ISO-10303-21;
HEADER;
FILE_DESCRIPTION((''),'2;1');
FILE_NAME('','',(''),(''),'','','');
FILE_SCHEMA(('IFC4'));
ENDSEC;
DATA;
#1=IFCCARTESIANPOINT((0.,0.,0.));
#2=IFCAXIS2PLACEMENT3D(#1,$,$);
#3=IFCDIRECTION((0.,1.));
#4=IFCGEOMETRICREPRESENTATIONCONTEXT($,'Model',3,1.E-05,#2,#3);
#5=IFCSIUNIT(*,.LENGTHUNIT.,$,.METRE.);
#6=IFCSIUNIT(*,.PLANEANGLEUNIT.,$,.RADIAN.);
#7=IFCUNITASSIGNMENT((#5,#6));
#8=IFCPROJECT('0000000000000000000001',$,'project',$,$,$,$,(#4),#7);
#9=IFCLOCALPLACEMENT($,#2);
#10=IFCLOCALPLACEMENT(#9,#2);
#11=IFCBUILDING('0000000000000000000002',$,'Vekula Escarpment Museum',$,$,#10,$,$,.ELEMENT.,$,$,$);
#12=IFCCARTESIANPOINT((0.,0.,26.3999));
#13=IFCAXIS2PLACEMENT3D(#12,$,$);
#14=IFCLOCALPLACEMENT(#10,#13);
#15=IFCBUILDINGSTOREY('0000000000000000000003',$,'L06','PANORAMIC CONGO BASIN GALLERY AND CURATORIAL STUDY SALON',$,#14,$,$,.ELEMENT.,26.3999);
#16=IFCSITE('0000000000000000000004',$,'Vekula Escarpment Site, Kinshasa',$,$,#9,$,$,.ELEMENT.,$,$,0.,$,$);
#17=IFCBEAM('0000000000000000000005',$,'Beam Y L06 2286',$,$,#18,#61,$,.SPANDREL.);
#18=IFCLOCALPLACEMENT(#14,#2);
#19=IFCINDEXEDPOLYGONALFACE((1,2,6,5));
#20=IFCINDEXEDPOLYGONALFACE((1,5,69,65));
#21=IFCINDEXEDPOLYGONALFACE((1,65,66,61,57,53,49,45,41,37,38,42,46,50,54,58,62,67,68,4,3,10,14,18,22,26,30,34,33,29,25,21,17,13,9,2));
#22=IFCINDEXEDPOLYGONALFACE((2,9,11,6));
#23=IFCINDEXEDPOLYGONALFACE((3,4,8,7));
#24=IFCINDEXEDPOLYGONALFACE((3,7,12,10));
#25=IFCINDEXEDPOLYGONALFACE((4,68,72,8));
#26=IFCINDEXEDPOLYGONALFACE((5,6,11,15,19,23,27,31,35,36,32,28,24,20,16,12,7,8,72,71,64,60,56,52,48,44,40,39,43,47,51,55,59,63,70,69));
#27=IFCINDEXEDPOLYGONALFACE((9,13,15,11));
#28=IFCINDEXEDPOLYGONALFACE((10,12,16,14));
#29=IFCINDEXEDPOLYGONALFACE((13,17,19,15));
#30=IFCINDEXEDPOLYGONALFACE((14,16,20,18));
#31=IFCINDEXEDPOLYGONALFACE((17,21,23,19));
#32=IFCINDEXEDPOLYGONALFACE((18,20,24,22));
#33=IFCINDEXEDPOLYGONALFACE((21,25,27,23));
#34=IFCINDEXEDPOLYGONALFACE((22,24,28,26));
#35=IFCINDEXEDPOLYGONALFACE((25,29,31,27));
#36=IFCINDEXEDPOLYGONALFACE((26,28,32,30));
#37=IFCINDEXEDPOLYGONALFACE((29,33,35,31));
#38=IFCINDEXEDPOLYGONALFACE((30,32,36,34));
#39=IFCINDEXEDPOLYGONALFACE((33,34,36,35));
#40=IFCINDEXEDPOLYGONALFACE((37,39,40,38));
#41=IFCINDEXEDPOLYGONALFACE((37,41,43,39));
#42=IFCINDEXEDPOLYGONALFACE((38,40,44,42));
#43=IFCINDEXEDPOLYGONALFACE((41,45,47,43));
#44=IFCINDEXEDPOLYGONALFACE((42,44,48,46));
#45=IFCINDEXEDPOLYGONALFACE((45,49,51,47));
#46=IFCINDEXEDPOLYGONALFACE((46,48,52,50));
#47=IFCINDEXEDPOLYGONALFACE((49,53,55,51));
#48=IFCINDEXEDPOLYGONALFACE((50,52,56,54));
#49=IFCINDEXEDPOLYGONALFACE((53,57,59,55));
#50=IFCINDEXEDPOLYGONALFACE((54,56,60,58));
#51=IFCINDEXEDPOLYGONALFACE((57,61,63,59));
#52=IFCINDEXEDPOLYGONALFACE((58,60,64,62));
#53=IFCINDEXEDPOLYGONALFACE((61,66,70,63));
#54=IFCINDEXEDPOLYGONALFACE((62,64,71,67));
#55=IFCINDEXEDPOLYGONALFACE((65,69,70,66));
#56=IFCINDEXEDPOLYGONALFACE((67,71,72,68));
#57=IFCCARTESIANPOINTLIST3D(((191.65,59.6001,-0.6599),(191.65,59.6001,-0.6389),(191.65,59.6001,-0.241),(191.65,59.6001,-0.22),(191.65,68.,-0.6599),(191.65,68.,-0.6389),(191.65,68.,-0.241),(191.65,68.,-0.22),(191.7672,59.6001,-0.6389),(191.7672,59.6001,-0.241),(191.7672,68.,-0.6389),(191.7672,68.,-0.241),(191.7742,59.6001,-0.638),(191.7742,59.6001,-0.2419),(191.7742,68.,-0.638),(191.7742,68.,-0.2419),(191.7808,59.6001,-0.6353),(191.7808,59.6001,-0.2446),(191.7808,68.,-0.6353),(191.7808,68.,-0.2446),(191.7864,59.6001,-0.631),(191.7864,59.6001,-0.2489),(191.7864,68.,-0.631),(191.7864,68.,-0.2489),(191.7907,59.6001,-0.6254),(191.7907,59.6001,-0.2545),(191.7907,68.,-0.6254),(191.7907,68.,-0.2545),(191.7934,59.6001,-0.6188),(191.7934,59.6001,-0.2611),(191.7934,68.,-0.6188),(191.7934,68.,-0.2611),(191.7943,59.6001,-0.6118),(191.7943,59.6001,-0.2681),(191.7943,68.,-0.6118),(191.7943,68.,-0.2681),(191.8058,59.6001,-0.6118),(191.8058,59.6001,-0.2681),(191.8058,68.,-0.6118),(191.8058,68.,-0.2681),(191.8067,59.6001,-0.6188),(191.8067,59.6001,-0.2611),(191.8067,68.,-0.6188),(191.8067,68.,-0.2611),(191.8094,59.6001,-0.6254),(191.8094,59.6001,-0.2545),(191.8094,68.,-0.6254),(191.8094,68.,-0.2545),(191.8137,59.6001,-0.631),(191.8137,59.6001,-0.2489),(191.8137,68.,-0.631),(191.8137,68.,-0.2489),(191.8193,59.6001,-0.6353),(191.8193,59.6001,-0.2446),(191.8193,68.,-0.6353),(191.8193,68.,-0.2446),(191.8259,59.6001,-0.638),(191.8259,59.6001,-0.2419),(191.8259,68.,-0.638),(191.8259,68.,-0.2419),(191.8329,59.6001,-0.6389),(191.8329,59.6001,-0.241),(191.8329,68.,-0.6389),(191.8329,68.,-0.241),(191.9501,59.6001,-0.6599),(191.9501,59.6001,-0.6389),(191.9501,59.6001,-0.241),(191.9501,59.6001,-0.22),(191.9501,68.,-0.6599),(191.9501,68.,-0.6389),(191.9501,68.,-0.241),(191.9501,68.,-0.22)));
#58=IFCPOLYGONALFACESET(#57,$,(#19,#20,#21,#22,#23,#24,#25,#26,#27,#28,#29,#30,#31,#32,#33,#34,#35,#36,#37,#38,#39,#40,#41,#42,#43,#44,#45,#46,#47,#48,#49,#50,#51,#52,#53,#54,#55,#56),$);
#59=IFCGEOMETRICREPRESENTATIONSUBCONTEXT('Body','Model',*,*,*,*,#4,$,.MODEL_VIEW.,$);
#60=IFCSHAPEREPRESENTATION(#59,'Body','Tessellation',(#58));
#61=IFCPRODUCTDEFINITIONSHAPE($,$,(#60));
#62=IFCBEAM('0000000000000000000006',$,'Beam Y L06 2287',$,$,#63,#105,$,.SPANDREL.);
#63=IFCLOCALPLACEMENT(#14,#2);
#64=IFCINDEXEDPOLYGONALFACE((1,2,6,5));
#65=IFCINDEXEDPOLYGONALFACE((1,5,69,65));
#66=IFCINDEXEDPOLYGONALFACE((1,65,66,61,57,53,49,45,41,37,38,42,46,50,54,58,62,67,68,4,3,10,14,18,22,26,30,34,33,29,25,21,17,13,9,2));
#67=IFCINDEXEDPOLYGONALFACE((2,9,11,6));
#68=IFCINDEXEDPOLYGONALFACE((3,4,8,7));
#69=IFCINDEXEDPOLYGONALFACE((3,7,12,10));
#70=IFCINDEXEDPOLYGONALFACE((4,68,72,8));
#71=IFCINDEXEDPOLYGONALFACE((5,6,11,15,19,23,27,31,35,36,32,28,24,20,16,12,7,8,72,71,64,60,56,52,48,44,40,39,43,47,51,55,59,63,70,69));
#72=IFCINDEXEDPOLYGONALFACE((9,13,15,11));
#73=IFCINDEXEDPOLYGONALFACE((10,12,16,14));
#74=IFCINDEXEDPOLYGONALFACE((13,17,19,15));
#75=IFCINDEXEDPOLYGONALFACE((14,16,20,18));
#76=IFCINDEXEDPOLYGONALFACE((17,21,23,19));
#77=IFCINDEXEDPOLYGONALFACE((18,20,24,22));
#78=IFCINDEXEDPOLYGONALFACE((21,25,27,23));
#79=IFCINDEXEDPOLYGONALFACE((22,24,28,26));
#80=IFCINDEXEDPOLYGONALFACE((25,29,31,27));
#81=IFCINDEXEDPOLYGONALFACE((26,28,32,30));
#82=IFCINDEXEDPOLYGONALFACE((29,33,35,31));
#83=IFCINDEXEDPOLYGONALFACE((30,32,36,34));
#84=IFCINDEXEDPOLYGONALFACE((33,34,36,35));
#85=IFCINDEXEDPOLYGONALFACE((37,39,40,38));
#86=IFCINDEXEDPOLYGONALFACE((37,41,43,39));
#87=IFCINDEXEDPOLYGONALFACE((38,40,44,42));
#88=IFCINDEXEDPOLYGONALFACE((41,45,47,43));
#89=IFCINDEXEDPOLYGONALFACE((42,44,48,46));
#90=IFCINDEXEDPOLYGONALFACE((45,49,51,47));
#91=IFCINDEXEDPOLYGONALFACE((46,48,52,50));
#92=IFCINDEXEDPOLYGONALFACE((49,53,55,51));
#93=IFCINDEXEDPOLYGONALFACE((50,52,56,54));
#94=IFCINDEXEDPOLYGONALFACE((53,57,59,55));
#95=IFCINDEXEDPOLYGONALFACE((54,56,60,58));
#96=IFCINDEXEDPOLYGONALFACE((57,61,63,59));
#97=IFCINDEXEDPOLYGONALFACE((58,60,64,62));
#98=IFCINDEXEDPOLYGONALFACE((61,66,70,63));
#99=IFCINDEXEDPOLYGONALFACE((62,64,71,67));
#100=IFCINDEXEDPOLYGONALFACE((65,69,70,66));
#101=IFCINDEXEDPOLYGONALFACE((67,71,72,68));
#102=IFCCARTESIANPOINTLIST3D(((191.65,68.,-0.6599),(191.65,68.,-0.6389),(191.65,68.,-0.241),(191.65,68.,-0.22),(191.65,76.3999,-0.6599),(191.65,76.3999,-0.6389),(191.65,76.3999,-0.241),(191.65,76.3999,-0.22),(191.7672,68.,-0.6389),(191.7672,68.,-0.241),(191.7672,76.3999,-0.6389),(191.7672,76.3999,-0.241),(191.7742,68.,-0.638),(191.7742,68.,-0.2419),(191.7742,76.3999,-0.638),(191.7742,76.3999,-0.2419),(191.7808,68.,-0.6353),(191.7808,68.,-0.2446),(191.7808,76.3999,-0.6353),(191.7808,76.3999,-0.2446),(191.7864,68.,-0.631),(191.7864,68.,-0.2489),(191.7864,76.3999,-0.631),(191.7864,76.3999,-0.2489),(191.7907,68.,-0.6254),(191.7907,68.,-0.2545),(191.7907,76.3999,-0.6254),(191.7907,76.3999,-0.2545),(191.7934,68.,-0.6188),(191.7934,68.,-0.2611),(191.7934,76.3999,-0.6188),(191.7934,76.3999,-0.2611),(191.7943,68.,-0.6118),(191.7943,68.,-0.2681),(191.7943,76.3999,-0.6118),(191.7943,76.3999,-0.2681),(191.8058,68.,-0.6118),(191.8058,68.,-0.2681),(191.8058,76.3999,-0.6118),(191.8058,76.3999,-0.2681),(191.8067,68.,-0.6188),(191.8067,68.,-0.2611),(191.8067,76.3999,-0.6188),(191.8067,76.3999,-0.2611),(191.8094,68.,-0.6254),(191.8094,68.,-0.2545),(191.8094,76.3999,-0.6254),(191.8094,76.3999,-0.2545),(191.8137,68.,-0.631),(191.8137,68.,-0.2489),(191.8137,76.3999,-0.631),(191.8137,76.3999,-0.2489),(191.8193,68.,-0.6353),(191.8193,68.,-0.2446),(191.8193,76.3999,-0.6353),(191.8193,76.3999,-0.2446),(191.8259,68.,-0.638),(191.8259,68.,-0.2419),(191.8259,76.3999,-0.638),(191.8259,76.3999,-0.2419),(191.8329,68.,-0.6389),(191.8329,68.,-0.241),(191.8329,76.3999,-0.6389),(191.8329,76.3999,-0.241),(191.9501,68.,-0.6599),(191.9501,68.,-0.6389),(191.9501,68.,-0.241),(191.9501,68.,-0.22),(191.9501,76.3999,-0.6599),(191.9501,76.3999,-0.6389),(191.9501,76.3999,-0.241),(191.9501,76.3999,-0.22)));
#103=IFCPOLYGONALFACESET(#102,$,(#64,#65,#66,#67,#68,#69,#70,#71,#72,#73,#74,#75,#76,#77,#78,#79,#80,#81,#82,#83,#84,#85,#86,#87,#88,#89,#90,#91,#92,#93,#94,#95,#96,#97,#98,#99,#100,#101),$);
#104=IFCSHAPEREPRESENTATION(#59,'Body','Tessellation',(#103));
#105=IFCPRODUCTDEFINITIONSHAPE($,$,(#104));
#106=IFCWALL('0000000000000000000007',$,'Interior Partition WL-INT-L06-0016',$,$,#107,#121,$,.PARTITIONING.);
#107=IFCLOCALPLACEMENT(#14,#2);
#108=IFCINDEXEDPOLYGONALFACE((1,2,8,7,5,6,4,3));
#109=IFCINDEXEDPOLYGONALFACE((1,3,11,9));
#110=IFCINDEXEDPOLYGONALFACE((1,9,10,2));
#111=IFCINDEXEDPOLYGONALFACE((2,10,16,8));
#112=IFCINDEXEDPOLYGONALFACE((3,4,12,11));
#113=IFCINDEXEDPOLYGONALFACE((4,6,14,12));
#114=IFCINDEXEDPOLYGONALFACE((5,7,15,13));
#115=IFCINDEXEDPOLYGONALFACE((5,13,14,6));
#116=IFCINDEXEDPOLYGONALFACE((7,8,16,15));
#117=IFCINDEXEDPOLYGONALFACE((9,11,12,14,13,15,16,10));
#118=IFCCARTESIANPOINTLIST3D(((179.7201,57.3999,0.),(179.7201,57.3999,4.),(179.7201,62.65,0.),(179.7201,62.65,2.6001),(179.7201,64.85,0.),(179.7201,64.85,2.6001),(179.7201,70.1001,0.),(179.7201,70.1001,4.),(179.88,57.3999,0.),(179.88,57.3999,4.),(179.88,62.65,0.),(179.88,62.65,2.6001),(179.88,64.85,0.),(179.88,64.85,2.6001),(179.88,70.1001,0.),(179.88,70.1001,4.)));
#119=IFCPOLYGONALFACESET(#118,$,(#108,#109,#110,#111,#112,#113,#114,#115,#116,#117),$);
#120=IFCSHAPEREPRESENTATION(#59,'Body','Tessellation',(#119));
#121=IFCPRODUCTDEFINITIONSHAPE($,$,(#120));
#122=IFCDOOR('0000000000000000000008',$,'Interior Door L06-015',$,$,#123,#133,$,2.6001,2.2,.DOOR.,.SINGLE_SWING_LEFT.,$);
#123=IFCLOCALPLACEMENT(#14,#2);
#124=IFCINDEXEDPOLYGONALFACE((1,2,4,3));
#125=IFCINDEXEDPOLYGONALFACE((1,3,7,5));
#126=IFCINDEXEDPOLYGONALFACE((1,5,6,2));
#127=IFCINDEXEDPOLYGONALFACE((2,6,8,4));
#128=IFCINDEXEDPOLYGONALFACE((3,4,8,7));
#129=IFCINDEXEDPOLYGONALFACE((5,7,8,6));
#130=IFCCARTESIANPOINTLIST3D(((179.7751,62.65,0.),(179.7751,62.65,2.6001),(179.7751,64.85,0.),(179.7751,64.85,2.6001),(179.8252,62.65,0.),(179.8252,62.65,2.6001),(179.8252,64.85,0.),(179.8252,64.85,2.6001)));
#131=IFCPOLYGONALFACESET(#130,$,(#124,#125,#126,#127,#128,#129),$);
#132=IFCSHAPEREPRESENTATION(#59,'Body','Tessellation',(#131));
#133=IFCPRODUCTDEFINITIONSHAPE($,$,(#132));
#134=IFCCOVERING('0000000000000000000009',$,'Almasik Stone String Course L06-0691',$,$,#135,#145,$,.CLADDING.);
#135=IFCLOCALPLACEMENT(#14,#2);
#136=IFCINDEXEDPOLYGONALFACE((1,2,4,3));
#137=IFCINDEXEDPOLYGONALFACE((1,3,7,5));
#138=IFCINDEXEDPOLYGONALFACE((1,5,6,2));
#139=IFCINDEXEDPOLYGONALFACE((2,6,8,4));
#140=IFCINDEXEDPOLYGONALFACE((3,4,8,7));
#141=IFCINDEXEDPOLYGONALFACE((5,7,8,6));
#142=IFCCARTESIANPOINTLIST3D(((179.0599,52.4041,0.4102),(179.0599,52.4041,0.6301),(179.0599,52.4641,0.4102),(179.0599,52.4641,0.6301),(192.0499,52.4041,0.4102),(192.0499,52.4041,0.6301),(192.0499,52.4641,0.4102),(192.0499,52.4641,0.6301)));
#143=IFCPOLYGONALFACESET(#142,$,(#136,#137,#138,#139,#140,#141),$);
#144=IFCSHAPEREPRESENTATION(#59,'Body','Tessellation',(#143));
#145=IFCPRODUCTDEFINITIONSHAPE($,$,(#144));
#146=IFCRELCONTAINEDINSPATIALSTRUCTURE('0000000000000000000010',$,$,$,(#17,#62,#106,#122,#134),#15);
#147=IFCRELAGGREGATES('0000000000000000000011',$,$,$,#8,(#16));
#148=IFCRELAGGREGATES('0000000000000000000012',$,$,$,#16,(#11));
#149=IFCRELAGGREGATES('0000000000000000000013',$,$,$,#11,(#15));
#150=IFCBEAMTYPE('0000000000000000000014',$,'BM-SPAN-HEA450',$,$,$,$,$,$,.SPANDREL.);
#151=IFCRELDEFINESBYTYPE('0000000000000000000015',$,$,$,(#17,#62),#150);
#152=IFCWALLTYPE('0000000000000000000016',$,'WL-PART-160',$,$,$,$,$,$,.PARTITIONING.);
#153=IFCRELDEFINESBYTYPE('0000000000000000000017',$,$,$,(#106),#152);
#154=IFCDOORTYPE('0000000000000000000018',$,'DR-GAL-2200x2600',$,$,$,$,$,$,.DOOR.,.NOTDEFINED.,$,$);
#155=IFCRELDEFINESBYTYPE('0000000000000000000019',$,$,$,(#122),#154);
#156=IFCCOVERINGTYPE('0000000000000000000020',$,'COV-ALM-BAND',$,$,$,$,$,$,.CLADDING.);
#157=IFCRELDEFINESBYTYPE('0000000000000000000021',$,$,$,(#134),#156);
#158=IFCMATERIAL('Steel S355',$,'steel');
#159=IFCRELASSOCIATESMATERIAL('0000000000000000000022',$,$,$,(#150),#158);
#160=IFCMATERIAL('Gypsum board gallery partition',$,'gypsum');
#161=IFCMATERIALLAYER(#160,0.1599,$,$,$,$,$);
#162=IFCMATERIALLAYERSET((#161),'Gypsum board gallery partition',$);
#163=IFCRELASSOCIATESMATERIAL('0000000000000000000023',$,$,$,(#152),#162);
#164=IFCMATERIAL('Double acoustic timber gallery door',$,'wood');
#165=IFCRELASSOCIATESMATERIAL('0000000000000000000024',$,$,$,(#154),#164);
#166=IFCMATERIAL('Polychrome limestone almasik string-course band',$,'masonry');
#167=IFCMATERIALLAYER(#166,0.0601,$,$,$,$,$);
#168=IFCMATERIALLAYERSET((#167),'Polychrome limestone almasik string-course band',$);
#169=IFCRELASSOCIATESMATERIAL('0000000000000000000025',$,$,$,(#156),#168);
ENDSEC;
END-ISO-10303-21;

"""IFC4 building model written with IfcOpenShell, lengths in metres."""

from ifc_helpers import new_model, si_unit, direction, frame, frame_2d, origin, origin_2d, place, context, subcontext, project, spatial, rectangle, i_section, extrude, material, layer, layer_set, material_profile, profile_set, type_object, element, fill, save


model = new_model("IFC4")

# Units and contexts
model_context = context("Model", 3, precision=1e-05, world=origin(), true_north=direction((0.0, 1.0)))
body_context = subcontext(model_context, "Body", "Model", "MODEL_VIEW")
ifc_project = project(units=[si_unit("LENGTHUNIT", "METRE"), si_unit("PLANEANGLEUNIT", "RADIAN")], contexts=[model_context])

# Site, building, storey
site_placement = place(None, origin())
site = spatial("IfcSite", under=ifc_project, at=site_placement, Name="Vekula Escarpment Site, Kinshasa", CompositionType="ELEMENT", RefElevation=0.0)
building_placement = place(site_placement, origin())
building = spatial("IfcBuilding", under=site, at=building_placement, Name="Vekula Escarpment Museum", CompositionType="ELEMENT")
storey_placement = place(building_placement, frame((0.0, 0.0, 26.3999)))
storey = spatial("IfcBuildingStorey", under=building, at=storey_placement, Name="L06", Description="PANORAMIC CONGO BASIN GALLERY AND CURATORIAL STUDY SALON", CompositionType="ELEMENT", Elevation=26.3999)

# Beams
ifc_material_1 = material(Name="Steel S355", Category="steel")
ifc_material_profile_1 = material_profile(ifc_material_1, i_section(OverallWidth=0.3, OverallDepth=0.4399, WebThickness=0.0115, FlangeThickness=0.021, FilletRadius=0.0271, at=origin_2d()), Name="HEA 450")
ifc_profile_set_1 = profile_set([ifc_material_profile_1], Name="Steel S355")
beam_type_1 = type_object("IfcBeamType", Name="BM-SPAN-HEA450", PredefinedType="SPANDREL", material=ifc_profile_set_1)
for number, where, z_axis, x_axis, name in (
    (1, (191.8, 59.6001, -0.4399), (0.0, 1.0, 0.0), (-1.0, 0.0, 0.0), "Beam Y L06 2286"),
    (2, (191.8, 68.0, -0.4399), (0.0, 1.0, 0.0), (-1.0, 0.0, 0.0), "Beam Y L06 2287"),
):
    element("IfcBeam", number, at=place(storey_placement, frame(where, z_axis=z_axis, x_axis=x_axis)), inside=storey, type_object=beam_type_1, Name=name, PredefinedType="SPANDREL", context=body_context, shape_type="SweptSolid", body=[
        extrude(i_section(OverallWidth=0.3, OverallDepth=0.4399, WebThickness=0.0115, FlangeThickness=0.021, FilletRadius=0.0271, at=origin_2d()), origin(), (0.0, 0.0, 1.0), 8.3999),
    ])

# Wall, opening, door
ifc_material_2 = material(Name="Gypsum board gallery partition", Category="gypsum")
ifc_layer_1 = layer(ifc_material_2, 0.1599)
ifc_layer_set_1 = layer_set([ifc_layer_1], Name="Gypsum board gallery partition")
wall_type = type_object("IfcWallType", Name="WL-PART-160", PredefinedType="PARTITIONING", material=ifc_layer_set_1)
wall_placement = place(storey_placement, frame((179.8, 57.3999, 0.0), z_axis=(0.0, 0.0, 1.0), x_axis=(0.0, 1.0, 0.0)))
wall = element("IfcWall", 3, at=wall_placement, inside=storey, type_object=wall_type, Name="Interior Partition WL-INT-L06-0016", PredefinedType="PARTITIONING", context=body_context, shape_type="SweptSolid", body=[
    extrude(rectangle(XDim=12.7002, YDim=0.1599, at=frame_2d((6.3501, 0.0))), origin(), (0.0, 0.0, 1.0), 4.0),
])
opening_placement = place(wall_placement, frame((5.25, 0.0, 0.0)))
opening = element("IfcOpeningElement", 4, at=opening_placement, cuts=wall, PredefinedType="OPENING", context=body_context, shape_type="SweptSolid", body=[
    extrude(rectangle(XDim=2.2, YDim=2.6001, at=frame_2d((1.1001, 1.3))), frame((0.0, 0.0898, 0.0), z_axis=(0.0, -1.0, 0.0), x_axis=(1.0, 0.0, 0.0)), (0.0, 0.0, 1.0), 0.1799),
])
ifc_material_3 = material(Name="Double acoustic timber gallery door", Category="wood")
door_type = type_object("IfcDoorType", Name="DR-GAL-2200x2600", OperationType="NOTDEFINED", PredefinedType="DOOR", material=ifc_material_3)
door_placement = place(opening_placement, origin())
door = element("IfcDoor", 5, at=door_placement, inside=storey, type_object=door_type, Name="Interior Door L06-015", OperationType="SINGLE_SWING_LEFT", OverallHeight=2.6001, OverallWidth=2.2, PredefinedType="DOOR", context=body_context, shape_type="SweptSolid", body=[
    extrude(rectangle(XDim=2.2, YDim=2.6001, at=frame_2d((1.1001, 1.3))), frame((0.0, 0.0249, 0.0), z_axis=(0.0, -1.0, 0.0), x_axis=(1.0, 0.0, 0.0)), (0.0, 0.0, 1.0), 0.05),
])
fill(opening, door)

# Covering
ifc_material_4 = material(Name="Polychrome limestone almasik string-course band", Category="masonry")
ifc_layer_2 = layer(ifc_material_4, 0.0601)
ifc_layer_set_2 = layer_set([ifc_layer_2], Name="Polychrome limestone almasik string-course band")
covering_type = type_object("IfcCoveringType", Name="COV-ALM-BAND", PredefinedType="CLADDING", material=ifc_layer_set_2)
covering_placement = place(storey_placement, frame((185.5549, 52.4341, 0.4102), z_axis=(0.0, 0.0, 1.0), x_axis=(1.0, 0.0, 0.0)))
element("IfcCovering", 6, at=covering_placement, inside=storey, type_object=covering_type, Name="Almasik Stone String Course L06-0691", PredefinedType="CLADDING", context=body_context, shape_type="SweptSolid", body=[
    extrude(rectangle(XDim=12.99, YDim=0.0601, at=origin_2d()), origin(), (0.0, 0.0, 1.0), 0.22),
])

save(model, "model.ifc")
